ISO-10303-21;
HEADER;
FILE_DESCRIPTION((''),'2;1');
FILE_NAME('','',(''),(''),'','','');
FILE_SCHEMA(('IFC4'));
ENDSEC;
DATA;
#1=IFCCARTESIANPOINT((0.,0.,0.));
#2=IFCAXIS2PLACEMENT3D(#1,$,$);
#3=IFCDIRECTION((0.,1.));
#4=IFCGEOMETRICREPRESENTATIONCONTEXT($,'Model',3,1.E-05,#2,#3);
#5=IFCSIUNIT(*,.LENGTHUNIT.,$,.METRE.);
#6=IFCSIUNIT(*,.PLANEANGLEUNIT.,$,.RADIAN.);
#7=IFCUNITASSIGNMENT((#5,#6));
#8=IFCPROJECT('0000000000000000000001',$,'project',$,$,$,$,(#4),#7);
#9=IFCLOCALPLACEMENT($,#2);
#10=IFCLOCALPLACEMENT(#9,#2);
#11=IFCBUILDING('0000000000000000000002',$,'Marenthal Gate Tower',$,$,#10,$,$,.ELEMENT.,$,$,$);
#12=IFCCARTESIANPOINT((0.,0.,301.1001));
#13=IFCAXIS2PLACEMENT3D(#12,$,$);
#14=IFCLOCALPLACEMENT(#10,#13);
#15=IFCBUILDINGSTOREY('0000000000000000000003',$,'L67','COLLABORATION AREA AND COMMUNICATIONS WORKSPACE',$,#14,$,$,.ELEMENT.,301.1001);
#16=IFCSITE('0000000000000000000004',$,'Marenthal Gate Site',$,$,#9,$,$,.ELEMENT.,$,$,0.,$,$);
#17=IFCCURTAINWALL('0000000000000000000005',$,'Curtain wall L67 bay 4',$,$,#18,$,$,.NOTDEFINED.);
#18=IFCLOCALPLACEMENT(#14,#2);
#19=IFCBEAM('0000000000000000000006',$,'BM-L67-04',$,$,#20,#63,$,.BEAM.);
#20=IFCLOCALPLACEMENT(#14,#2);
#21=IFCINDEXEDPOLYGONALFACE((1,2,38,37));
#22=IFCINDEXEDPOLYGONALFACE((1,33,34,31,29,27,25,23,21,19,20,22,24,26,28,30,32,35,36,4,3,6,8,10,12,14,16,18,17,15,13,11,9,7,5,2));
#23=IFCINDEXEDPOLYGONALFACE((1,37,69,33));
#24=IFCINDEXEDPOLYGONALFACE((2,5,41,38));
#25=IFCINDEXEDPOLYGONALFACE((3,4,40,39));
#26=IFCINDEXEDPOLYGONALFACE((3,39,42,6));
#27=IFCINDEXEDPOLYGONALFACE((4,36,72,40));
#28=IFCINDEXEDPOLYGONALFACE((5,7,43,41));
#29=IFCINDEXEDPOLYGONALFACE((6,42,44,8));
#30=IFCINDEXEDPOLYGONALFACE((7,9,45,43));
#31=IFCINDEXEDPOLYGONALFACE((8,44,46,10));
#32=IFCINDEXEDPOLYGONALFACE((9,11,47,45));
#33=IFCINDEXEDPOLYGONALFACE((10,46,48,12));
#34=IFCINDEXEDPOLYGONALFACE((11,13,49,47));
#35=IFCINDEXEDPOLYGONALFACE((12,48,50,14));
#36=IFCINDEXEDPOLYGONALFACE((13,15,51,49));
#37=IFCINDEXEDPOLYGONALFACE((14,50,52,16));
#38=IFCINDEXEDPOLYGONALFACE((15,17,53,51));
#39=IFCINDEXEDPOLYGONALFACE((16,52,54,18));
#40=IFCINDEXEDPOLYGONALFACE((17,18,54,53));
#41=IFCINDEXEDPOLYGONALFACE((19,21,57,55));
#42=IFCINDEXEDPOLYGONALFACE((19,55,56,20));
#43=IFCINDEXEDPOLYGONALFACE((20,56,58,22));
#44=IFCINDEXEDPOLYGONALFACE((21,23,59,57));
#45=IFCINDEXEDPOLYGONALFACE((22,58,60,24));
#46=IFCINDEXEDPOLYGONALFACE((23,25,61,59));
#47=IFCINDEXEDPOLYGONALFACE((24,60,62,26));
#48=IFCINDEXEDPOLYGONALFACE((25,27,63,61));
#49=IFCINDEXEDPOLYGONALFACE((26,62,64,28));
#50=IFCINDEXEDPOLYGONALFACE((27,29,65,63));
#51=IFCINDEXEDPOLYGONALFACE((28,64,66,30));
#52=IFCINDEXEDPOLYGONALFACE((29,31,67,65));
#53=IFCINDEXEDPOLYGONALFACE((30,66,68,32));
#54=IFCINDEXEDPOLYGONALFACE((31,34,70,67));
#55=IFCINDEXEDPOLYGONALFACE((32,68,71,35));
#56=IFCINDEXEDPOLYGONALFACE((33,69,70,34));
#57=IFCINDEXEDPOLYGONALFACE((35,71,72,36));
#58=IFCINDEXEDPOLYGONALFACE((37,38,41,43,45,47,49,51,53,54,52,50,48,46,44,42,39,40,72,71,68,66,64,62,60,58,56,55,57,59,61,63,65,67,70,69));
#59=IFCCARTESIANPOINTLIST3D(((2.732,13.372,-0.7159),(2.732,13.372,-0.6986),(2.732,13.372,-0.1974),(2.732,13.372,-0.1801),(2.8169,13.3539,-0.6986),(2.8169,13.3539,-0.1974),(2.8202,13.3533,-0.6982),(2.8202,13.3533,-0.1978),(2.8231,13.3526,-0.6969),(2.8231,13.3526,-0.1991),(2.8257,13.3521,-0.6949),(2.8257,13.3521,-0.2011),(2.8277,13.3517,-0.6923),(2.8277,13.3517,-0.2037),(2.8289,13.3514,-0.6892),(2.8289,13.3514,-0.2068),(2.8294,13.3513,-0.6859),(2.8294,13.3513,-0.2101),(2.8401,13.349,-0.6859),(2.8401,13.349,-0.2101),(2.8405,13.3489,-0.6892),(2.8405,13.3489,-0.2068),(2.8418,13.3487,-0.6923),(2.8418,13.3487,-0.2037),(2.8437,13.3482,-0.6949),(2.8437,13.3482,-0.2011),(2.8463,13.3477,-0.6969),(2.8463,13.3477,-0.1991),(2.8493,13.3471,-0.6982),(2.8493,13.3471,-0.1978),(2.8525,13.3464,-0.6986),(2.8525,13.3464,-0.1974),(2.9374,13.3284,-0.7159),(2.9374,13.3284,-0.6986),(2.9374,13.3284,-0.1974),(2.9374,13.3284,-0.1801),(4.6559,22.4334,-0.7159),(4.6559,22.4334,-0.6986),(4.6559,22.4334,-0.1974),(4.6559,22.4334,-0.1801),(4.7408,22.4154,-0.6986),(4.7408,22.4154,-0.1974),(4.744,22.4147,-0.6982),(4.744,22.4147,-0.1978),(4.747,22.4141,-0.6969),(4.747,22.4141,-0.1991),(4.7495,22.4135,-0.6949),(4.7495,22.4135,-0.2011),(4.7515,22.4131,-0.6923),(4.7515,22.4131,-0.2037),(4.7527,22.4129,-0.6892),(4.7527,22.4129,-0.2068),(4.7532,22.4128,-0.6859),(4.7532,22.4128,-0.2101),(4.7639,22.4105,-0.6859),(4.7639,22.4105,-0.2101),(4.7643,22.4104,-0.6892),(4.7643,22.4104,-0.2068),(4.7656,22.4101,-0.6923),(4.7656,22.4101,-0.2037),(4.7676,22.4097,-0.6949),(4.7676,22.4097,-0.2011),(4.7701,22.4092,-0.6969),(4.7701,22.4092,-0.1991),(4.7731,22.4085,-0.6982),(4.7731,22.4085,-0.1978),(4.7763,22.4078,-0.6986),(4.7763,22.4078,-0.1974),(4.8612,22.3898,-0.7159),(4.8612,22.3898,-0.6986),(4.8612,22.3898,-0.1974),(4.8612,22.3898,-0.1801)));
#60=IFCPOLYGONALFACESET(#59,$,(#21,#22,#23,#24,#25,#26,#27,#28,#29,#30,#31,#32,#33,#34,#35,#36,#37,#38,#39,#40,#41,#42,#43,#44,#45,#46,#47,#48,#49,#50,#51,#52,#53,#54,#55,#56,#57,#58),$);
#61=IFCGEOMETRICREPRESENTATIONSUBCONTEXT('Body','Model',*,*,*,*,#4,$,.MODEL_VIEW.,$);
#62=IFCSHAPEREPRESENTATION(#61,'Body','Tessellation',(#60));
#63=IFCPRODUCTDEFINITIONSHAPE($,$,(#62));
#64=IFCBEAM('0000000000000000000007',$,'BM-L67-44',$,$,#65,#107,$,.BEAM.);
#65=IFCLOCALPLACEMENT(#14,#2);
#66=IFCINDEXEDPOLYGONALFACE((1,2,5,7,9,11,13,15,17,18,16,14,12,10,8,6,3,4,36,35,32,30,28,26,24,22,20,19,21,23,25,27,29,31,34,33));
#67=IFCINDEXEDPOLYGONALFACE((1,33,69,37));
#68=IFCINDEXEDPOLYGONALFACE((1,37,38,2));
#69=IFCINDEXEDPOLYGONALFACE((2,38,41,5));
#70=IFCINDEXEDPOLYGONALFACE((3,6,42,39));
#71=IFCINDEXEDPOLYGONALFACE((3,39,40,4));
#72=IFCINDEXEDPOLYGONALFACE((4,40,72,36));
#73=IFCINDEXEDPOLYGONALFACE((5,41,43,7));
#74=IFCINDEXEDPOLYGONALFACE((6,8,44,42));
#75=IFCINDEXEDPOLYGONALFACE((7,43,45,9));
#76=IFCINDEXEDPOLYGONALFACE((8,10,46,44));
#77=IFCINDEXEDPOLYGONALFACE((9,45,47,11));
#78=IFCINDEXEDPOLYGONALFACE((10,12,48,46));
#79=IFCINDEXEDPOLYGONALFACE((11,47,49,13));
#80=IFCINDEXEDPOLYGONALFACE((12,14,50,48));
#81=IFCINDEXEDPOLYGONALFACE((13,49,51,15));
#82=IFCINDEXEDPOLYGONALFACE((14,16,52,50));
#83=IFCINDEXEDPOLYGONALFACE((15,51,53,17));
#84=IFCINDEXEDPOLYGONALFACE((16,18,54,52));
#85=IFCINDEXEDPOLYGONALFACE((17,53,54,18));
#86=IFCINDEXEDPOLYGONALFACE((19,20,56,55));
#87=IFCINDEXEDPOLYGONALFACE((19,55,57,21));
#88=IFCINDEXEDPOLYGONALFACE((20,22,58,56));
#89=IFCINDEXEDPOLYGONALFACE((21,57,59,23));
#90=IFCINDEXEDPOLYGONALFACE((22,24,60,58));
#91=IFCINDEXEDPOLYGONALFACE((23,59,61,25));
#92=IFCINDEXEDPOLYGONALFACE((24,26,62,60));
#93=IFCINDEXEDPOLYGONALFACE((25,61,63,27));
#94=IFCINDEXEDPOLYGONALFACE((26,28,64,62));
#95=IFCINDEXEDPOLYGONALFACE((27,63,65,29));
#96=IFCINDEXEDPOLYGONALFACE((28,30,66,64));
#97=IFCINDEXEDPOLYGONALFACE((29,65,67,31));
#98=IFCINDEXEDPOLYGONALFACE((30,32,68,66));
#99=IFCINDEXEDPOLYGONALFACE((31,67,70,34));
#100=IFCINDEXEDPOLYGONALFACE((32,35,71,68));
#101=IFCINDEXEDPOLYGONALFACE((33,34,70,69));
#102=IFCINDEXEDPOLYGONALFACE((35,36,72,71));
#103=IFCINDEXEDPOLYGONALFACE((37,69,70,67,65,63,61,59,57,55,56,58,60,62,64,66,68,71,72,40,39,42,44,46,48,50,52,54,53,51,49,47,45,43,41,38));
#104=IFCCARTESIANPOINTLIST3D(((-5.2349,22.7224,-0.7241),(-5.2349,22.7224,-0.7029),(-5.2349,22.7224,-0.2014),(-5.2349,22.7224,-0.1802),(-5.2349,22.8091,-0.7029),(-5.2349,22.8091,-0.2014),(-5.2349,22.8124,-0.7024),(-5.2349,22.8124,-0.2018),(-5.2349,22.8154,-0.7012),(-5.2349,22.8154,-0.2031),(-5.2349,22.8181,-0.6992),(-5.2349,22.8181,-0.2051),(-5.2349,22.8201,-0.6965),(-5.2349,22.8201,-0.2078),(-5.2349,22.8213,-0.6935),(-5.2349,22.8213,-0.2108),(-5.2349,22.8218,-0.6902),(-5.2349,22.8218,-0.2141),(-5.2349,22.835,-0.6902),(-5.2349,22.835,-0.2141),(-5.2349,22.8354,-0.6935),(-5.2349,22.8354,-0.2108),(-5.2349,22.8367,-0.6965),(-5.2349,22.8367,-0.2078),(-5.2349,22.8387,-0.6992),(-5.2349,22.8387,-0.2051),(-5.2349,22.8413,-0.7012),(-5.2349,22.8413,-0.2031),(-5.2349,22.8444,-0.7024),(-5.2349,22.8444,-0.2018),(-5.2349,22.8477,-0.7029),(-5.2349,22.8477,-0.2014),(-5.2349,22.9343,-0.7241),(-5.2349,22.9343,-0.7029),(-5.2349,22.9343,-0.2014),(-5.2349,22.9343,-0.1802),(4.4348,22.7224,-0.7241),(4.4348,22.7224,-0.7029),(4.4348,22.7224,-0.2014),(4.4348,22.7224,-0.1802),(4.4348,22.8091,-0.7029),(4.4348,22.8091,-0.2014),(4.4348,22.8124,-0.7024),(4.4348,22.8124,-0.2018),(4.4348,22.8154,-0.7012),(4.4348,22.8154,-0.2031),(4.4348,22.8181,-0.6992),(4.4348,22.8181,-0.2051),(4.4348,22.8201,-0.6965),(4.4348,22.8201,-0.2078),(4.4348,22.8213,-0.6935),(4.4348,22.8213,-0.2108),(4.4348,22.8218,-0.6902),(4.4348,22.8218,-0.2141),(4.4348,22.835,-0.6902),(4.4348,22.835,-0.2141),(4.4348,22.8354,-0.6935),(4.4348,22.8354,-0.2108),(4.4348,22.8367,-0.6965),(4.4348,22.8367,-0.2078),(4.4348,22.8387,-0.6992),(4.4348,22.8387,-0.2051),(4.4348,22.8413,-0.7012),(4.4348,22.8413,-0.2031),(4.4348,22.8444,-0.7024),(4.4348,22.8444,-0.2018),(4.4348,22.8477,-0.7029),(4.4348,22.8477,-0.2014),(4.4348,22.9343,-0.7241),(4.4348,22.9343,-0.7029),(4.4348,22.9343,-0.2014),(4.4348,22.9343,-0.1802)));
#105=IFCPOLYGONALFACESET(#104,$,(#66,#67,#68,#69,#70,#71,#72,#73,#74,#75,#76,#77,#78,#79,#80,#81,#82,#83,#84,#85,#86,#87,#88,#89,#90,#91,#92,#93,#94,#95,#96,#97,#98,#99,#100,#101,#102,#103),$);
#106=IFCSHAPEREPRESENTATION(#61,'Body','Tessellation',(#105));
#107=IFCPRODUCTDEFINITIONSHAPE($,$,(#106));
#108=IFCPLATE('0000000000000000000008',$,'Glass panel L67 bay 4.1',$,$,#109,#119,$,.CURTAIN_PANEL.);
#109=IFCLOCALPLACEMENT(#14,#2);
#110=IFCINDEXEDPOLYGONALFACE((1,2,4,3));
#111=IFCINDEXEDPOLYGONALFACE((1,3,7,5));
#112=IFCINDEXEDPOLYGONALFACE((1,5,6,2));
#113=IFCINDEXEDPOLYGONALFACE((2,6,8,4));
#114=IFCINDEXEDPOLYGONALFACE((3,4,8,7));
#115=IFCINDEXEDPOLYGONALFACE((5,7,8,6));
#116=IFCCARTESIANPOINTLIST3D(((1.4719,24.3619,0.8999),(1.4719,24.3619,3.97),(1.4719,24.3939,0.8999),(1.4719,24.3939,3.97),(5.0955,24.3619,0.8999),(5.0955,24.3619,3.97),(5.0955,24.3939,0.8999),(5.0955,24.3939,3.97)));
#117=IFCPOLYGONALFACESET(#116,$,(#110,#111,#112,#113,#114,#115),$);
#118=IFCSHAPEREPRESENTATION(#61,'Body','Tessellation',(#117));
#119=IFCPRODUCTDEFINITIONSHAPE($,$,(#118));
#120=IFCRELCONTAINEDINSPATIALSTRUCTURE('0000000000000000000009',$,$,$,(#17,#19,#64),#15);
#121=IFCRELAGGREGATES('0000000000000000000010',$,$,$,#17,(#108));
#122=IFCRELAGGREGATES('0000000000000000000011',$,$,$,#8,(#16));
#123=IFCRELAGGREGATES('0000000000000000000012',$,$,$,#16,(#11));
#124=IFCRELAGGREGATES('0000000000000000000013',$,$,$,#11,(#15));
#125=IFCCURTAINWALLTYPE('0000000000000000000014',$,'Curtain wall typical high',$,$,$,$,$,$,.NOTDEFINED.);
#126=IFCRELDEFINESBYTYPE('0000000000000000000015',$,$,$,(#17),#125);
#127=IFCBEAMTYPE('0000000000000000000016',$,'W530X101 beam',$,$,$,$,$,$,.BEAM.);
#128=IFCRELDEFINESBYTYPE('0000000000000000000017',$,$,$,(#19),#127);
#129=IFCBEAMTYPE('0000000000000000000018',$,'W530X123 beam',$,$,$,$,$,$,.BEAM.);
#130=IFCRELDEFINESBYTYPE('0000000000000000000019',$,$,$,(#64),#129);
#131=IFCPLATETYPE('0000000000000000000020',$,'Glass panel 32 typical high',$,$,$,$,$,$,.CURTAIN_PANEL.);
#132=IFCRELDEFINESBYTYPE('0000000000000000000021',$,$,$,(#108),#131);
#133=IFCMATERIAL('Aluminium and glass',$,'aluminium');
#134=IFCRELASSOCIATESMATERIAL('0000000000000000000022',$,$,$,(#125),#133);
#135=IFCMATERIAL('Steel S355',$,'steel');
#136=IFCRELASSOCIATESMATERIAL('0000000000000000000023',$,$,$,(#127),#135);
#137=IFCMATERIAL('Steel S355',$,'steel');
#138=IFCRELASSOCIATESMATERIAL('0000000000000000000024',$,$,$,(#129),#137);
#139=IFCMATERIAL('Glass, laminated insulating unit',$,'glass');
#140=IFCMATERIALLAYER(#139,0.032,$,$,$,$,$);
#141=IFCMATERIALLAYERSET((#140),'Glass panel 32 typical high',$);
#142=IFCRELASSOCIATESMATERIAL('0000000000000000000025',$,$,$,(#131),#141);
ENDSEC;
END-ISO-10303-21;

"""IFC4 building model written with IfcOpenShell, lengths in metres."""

from ifc_helpers import new_model, si_unit, direction, frame, origin, origin_2d, place, context, subcontext, project, spatial, rectangle, i_section, extrude, material, layer, layer_set, material_profile, profile_set, type_object, element, aggregate, save


model = new_model("IFC4")

# Units and contexts
model_context = context("Model", 3, precision=1e-05, world=origin(), true_north=direction((0.0, 1.0)))
body_context = subcontext(model_context, "Body", "Model", "MODEL_VIEW")
ifc_project = project(units=[si_unit("LENGTHUNIT", "METRE"), si_unit("PLANEANGLEUNIT", "RADIAN")], contexts=[model_context])

# Site, building, storey
site_placement = place(None, origin())
site = spatial("IfcSite", under=ifc_project, at=site_placement, Name="Marenthal Gate Site", CompositionType="ELEMENT", RefElevation=0.0)
building_placement = place(site_placement, origin())
building = spatial("IfcBuilding", under=site, at=building_placement, Name="Marenthal Gate Tower", CompositionType="ELEMENT")
storey_placement = place(building_placement, frame((0.0, 0.0, 301.1001)))
storey = spatial("IfcBuildingStorey", under=building, at=storey_placement, Name="L67", Description="COLLABORATION AREA AND COMMUNICATIONS WORKSPACE", CompositionType="ELEMENT", Elevation=301.1001)

# Curtain wall
ifc_material_1 = material(Name="Aluminium and glass", Category="aluminium")
curtain_wall_type = type_object("IfcCurtainWallType", Name="Curtain wall typical high", PredefinedType="NOTDEFINED", material=ifc_material_1)
curtain_wall_placement = place(storey_placement, origin())
curtain_wall = element("IfcCurtainWall", 1, at=curtain_wall_placement, inside=storey, type_object=curtain_wall_type, Name="Curtain wall L67 bay 4", PredefinedType="NOTDEFINED")

# Beams
ifc_material_2 = material(Name="Steel S355", Category="steel")
ifc_material_profile_1 = material_profile(ifc_material_2, i_section(OverallWidth=0.21, OverallDepth=0.5359, WebThickness=0.011, FlangeThickness=0.0173, FilletRadius=0.0127, at=origin_2d()), Name="W530X101")
ifc_profile_set_1 = profile_set([ifc_material_profile_1], Name="Steel S355")
beam_type_1 = type_object("IfcBeamType", Name="W530X101 beam", PredefinedType="BEAM", material=ifc_profile_set_1)
beam_1_placement = place(storey_placement, frame((4.7585, 22.4116, -0.448), z_axis=(-0.207678, -0.978197, 0.0), x_axis=(0.978197, -0.207678, 0.0)))
element("IfcBeam", 2, at=beam_1_placement, inside=storey, type_object=beam_type_1, Name="BM-L67-04", PredefinedType="BEAM", context=body_context, shape_type="SweptSolid", body=[
    extrude(i_section(OverallWidth=0.21, OverallDepth=0.5359, WebThickness=0.011, FlangeThickness=0.0173, FilletRadius=0.0127, at=origin_2d()), origin(), (0.0, 0.0, 1.0), 9.2634),
])
ifc_material_3 = material(Name="Steel S355", Category="steel")
ifc_material_profile_2 = material_profile(ifc_material_3, i_section(OverallWidth=0.2119, OverallDepth=0.5439, WebThickness=0.0132, FlangeThickness=0.0212, FilletRadius=0.0127, at=origin_2d()), Name="W530X123")
ifc_profile_set_2 = profile_set([ifc_material_profile_2], Name="Steel S355")
beam_type_2 = type_object("IfcBeamType", Name="W530X123 beam", PredefinedType="BEAM", material=ifc_profile_set_2)
beam_2_placement = place(storey_placement, frame((4.4348, 22.8284, -0.4521), z_axis=(-1.0, 0.0, 0.0), x_axis=(0.0, -1.0, 0.0)))
element("IfcBeam", 3, at=beam_2_placement, inside=storey, type_object=beam_type_2, Name="BM-L67-44", PredefinedType="BEAM", context=body_context, shape_type="SweptSolid", body=[
    extrude(i_section(OverallWidth=0.2119, OverallDepth=0.5439, WebThickness=0.0132, FlangeThickness=0.0212, FilletRadius=0.0127, at=origin_2d()), origin(), (0.0, 0.0, 1.0), 9.6697),
])

# Plate
ifc_material_4 = material(Name="Glass, laminated insulating unit", Category="glass")
ifc_layer_1 = layer(ifc_material_4, 0.032)
ifc_layer_set_1 = layer_set([ifc_layer_1], Name="Glass panel 32 typical high")
plate_type = type_object("IfcPlateType", Name="Glass panel 32 typical high", PredefinedType="CURTAIN_PANEL", material=ifc_layer_set_1)
plate_placement = place(storey_placement, frame((3.2837, 24.3779, 0.8999), z_axis=(0.0, 0.0, 1.0), x_axis=(-1.0, 0.0, 0.0)))
plate = element("IfcPlate", 4, at=plate_placement, type_object=plate_type, Name="Glass panel L67 bay 4.1", PredefinedType="CURTAIN_PANEL", context=body_context, shape_type="SweptSolid", body=[
    extrude(rectangle(XDim=3.6235, YDim=0.032, at=origin_2d()), origin(), (0.0, 0.0, 1.0), 3.0701),
])
aggregate(curtain_wall, [plate])

save(model, "model.ifc")
